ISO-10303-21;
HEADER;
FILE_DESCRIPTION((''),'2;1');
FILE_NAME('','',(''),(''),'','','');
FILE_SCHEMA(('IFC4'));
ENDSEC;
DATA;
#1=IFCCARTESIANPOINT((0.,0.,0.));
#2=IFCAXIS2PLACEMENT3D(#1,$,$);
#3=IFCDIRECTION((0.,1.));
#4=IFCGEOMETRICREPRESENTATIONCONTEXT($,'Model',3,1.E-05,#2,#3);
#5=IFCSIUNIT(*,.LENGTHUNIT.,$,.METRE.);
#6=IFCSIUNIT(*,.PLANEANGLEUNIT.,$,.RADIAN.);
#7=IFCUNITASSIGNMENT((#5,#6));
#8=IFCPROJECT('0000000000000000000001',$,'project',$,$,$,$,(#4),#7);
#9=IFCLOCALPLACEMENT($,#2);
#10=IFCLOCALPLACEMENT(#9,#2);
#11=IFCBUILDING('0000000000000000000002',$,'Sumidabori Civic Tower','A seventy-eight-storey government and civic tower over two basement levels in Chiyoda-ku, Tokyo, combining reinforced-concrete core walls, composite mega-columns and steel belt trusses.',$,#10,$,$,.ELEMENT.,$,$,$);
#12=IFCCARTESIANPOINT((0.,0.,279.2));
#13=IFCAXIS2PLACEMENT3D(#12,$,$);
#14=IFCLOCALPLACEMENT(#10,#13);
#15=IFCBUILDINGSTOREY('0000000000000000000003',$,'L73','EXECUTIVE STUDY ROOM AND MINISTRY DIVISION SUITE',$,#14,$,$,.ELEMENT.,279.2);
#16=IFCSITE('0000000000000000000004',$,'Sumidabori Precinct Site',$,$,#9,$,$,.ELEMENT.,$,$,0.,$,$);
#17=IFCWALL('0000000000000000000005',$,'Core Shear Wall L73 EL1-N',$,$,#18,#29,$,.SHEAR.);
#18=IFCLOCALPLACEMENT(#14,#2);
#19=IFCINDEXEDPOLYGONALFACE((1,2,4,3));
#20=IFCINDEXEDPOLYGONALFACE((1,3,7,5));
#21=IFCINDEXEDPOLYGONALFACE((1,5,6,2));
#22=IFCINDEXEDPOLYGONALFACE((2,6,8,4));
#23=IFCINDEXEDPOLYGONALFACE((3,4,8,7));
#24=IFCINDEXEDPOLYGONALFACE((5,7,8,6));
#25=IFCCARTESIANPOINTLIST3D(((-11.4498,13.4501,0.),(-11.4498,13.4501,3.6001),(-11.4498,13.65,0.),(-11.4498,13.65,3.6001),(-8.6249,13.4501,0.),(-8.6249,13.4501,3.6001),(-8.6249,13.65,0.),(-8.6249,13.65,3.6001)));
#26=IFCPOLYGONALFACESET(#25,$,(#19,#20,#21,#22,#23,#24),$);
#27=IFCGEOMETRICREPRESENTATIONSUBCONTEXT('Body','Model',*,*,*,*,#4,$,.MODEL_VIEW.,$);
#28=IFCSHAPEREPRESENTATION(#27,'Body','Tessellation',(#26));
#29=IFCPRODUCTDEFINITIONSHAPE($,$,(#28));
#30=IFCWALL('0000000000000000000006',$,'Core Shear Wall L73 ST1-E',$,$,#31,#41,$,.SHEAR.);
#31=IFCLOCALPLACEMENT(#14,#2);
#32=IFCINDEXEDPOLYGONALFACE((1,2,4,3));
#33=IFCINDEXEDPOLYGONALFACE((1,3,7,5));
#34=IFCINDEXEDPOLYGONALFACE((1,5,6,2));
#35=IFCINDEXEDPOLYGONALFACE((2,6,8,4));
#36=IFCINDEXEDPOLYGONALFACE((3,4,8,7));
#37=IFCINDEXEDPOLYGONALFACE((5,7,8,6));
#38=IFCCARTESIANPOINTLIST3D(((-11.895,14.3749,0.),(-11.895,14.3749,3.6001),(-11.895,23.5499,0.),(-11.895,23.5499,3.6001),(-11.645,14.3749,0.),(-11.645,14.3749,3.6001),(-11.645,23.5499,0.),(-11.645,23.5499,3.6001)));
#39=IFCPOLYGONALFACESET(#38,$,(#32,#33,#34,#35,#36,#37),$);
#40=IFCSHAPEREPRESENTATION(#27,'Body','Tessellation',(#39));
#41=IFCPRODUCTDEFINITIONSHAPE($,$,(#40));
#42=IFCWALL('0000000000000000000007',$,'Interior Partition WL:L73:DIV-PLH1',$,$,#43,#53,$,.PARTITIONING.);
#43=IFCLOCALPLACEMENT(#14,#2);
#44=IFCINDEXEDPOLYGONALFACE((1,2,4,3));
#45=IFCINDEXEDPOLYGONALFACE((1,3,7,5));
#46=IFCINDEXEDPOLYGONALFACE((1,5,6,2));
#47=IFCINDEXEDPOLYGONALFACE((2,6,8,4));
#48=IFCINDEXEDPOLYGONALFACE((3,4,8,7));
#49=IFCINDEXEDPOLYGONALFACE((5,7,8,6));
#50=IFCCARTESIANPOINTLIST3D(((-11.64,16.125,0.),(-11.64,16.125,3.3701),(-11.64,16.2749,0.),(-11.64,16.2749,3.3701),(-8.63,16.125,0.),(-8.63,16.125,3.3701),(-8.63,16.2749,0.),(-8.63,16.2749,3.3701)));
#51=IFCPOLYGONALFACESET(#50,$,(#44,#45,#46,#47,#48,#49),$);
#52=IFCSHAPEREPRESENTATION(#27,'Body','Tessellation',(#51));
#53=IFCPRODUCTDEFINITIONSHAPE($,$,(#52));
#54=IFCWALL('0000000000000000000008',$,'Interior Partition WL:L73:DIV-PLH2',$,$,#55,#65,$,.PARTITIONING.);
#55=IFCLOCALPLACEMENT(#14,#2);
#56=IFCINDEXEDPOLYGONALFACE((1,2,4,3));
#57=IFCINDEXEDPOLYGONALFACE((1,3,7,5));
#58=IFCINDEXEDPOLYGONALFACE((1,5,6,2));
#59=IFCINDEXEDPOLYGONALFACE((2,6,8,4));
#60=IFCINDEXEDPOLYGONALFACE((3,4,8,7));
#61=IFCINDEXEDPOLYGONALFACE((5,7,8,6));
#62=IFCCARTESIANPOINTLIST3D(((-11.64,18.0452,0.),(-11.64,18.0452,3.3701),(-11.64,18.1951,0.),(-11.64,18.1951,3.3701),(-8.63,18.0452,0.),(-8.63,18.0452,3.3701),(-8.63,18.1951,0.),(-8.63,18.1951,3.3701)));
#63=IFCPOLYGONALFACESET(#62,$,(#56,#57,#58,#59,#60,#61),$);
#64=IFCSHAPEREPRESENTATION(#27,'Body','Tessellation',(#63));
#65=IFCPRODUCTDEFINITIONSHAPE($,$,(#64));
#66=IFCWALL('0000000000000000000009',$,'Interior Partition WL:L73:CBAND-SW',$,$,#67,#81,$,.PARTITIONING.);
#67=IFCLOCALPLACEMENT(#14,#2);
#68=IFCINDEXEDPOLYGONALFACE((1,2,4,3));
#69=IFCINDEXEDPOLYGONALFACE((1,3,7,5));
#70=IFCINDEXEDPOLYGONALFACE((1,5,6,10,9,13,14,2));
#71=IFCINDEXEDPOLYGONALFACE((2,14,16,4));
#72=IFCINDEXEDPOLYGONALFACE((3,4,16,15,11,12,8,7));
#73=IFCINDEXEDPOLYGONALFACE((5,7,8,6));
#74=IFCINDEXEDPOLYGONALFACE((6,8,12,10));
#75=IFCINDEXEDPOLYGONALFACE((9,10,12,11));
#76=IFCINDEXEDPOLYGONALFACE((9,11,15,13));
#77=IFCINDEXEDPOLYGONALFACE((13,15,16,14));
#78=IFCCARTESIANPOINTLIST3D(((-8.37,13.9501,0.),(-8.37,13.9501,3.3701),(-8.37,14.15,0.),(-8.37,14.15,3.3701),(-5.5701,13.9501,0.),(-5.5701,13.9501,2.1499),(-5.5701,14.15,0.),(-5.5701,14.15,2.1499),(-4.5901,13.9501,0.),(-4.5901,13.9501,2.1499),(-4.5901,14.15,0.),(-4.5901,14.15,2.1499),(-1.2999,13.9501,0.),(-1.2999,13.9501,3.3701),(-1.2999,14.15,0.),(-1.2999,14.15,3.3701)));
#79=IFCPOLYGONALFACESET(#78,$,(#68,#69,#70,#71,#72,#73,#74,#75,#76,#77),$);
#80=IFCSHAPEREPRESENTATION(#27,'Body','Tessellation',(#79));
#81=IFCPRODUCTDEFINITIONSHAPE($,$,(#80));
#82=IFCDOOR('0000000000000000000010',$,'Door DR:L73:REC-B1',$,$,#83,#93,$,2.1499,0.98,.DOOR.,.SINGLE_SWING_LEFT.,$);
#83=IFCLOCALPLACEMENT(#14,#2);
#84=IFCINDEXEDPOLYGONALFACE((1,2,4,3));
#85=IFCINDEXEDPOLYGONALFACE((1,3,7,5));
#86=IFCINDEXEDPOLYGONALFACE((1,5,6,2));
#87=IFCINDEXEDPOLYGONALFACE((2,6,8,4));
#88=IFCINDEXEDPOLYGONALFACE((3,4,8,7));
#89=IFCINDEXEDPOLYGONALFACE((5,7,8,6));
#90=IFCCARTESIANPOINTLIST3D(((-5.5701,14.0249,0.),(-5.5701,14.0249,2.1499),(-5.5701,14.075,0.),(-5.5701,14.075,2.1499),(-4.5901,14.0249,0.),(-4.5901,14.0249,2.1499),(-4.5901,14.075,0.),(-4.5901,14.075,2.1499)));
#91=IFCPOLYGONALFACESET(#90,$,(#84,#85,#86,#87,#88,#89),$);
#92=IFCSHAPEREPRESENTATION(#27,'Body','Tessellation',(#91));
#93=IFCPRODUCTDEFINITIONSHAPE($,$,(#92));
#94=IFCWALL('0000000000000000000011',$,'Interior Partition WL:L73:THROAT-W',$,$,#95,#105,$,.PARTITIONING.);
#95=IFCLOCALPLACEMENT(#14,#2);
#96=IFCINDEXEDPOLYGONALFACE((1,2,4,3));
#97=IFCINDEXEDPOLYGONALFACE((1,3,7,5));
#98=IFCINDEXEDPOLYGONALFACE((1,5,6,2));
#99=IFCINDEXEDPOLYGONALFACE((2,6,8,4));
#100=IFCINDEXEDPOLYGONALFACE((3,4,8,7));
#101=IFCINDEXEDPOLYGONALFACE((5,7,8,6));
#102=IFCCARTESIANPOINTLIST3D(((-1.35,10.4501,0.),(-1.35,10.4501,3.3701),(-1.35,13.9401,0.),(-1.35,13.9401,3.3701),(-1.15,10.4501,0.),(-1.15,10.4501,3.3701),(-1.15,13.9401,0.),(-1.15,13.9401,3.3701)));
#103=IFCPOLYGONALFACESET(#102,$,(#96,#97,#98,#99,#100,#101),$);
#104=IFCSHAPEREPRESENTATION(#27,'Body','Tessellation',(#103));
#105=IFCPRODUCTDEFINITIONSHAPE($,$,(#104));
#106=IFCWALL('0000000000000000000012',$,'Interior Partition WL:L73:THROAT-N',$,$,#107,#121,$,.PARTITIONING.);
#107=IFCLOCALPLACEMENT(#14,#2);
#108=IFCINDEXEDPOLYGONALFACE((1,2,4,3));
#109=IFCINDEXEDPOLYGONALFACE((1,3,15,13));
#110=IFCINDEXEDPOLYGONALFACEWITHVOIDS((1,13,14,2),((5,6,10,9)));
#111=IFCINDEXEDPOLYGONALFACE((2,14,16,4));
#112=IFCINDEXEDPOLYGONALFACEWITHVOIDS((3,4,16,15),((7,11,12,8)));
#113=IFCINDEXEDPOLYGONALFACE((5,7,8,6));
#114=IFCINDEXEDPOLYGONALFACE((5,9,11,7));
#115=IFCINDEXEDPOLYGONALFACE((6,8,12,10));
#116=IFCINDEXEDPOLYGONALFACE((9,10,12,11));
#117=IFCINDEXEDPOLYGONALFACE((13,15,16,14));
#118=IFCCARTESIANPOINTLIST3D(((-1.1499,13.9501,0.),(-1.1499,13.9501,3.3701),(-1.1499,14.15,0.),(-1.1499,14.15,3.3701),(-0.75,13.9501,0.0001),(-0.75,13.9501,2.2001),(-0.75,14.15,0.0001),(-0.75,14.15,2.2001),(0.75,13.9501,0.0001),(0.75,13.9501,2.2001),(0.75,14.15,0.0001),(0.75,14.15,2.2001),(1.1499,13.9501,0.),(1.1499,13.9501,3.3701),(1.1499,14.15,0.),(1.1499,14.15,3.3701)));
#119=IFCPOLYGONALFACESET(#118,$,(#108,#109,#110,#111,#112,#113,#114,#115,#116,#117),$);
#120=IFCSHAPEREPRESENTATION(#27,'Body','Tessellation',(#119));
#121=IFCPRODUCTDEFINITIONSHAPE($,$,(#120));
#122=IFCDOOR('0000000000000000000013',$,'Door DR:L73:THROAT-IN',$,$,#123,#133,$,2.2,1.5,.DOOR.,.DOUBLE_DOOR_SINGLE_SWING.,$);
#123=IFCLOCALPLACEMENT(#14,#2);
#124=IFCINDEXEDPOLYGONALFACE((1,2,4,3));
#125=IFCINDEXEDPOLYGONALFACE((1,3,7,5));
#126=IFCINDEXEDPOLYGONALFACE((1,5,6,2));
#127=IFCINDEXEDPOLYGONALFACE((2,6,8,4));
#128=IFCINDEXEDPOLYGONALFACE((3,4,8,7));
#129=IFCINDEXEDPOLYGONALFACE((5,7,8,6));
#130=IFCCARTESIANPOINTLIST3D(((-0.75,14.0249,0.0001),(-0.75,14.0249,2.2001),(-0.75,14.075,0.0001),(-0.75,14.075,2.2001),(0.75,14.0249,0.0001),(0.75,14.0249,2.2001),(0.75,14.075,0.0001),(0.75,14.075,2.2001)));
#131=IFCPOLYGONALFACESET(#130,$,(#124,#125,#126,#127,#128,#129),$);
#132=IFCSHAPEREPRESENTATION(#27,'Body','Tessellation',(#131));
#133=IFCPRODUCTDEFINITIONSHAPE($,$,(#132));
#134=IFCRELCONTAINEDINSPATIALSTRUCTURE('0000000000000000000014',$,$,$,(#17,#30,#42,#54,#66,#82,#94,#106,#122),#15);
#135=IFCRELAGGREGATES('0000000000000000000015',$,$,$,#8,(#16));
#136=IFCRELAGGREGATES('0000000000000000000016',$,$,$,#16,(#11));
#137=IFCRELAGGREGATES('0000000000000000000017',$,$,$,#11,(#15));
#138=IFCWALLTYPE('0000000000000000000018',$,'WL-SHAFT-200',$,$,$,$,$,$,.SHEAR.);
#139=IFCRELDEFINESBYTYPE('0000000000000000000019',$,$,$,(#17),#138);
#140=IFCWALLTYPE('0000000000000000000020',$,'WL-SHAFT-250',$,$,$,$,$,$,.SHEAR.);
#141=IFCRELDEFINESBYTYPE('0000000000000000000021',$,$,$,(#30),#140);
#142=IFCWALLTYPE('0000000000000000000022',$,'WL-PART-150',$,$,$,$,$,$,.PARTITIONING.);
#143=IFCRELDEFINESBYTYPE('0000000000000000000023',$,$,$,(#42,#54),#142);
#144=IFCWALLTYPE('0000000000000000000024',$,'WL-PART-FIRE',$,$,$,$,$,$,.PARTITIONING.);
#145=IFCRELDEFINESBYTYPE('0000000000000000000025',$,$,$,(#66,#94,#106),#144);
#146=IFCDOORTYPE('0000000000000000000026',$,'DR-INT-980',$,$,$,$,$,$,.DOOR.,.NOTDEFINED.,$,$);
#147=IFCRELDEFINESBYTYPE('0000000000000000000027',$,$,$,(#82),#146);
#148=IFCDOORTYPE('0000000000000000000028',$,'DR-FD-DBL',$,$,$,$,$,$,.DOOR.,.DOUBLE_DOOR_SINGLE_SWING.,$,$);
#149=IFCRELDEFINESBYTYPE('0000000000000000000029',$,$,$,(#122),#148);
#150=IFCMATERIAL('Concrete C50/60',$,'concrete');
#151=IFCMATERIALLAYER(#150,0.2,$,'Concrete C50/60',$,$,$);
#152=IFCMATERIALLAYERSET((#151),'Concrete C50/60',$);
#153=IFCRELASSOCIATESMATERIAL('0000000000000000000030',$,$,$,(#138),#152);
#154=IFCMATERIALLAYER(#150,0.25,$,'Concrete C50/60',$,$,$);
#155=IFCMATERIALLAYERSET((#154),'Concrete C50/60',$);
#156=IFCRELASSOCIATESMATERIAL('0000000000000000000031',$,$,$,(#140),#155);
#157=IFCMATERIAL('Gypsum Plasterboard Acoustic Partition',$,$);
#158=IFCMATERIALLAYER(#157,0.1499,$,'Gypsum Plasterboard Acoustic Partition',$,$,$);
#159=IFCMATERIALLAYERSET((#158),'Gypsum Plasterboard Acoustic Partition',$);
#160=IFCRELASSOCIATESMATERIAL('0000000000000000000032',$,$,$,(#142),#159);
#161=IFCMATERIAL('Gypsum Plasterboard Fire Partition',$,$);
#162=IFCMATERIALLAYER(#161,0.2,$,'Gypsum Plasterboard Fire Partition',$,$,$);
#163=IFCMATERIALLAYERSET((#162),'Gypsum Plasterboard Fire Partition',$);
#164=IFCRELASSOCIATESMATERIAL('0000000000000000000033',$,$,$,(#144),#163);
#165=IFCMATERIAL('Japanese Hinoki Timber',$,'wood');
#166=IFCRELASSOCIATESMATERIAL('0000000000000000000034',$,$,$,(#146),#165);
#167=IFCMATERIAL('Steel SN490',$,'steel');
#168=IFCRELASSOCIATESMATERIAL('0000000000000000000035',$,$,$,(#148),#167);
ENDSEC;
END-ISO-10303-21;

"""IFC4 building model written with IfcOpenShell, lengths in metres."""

from ifc_helpers import new_model, si_unit, direction, frame, frame_2d, origin, place, context, subcontext, project, spatial, rectangle, extrude, source, transform, mapped, material, layer, layer_set, type_object, element, fill, save


model = new_model("IFC4")

# Units and contexts
model_context = context("Model", 3, precision=1e-05, world=origin(), true_north=direction((0.0, 1.0)))
body_context = subcontext(model_context, "Body", "Model", "MODEL_VIEW")
ifc_project = project(units=[si_unit("LENGTHUNIT", "METRE"), si_unit("PLANEANGLEUNIT", "RADIAN")], contexts=[model_context])

# Site, building, storey
site_placement = place(None, origin())
site = spatial("IfcSite", under=ifc_project, at=site_placement, Name="Sumidabori Precinct Site", CompositionType="ELEMENT", RefElevation=0.0)
building_placement = place(site_placement, origin())
building = spatial("IfcBuilding", under=site, at=building_placement, Name="Sumidabori Civic Tower", Description="A seventy-eight-storey government and civic tower over two basement levels in Chiyoda-ku, Tokyo, combining reinforced-concrete core walls, composite mega-columns and steel belt trusses.", CompositionType="ELEMENT")
storey_placement = place(building_placement, frame((0.0, 0.0, 279.2)))
storey = spatial("IfcBuildingStorey", under=building, at=storey_placement, Name="L73", Description="EXECUTIVE STUDY ROOM AND MINISTRY DIVISION SUITE", CompositionType="ELEMENT", Elevation=279.2)

# Wall
ifc_material_1 = material(Name="Concrete C50/60", Category="concrete")
ifc_layer_1 = layer(ifc_material_1, 0.2, Name="Concrete C50/60")
ifc_layer_set_1 = layer_set([ifc_layer_1], Name="Concrete C50/60")
wall_type_1 = type_object("IfcWallType", Name="WL-SHAFT-200", PredefinedType="SHEAR", material=ifc_layer_set_1)
shared_shape_1 = source(origin(), body_context, "Body", "SweptSolid", [
    extrude(rectangle(XDim=2.825, YDim=0.2, at=frame_2d((1.4126, 0.0))), origin(), (0.0, 0.0, 1.0), 3.6001),
])
wall_1_placement = place(storey_placement, frame((-11.45, 13.55, 0.0), z_axis=(0.0, 0.0, 1.0), x_axis=(1.0, 0.0, 0.0)))
element("IfcWall", 1, at=wall_1_placement, inside=storey, type_object=wall_type_1, Name="Core Shear Wall L73 EL1-N", PredefinedType="SHEAR", context=body_context, shape_type="MappedRepresentation", body=[
    mapped(shared_shape_1, transform((0.0, 0.0, 0.0), x_axis=(1.0, 0.0, 0.0), y_axis=(0.0, 1.0, 0.0), z_axis=(0.0, 0.0, 1.0), scale=1.0)),
])

# Shared definitions
ifc_layer_2 = layer(ifc_material_1, 0.25, Name="Concrete C50/60")
ifc_layer_set_2 = layer_set([ifc_layer_2], Name="Concrete C50/60")
wall_type_2 = type_object("IfcWallType", Name="WL-SHAFT-250", PredefinedType="SHEAR", material=ifc_layer_set_2)

# Wall
shared_shape_2 = source(origin(), body_context, "Body", "SweptSolid", [
    extrude(rectangle(XDim=9.175, YDim=0.25, at=frame_2d((4.5874, 0.0))), origin(), (0.0, 0.0, 1.0), 3.6001),
])
wall_2_placement = place(storey_placement, frame((-11.77, 14.375, 0.0), z_axis=(0.0, 0.0, 1.0), x_axis=(0.0, 1.0, 0.0)))
element("IfcWall", 2, at=wall_2_placement, inside=storey, type_object=wall_type_2, Name="Core Shear Wall L73 ST1-E", PredefinedType="SHEAR", context=body_context, shape_type="MappedRepresentation", body=[
    mapped(shared_shape_2, transform((0.0, 0.0, 0.0), x_axis=(1.0, 0.0, 0.0), y_axis=(0.0, 1.0, 0.0), z_axis=(0.0, 0.0, 1.0), scale=1.0)),
])

# Walls
ifc_material_2 = material(Name="Gypsum Plasterboard Acoustic Partition")
ifc_layer_3 = layer(ifc_material_2, 0.1499, Name="Gypsum Plasterboard Acoustic Partition")
ifc_layer_set_3 = layer_set([ifc_layer_3], Name="Gypsum Plasterboard Acoustic Partition")
wall_type_3 = type_object("IfcWallType", Name="WL-PART-150", PredefinedType="PARTITIONING", material=ifc_layer_set_3)
shared_shape_3 = source(origin(), body_context, "Body", "SweptSolid", [
    extrude(rectangle(XDim=3.01, YDim=0.1499, at=frame_2d((1.5049, 0.0))), origin(), (0.0, 0.0, 1.0), 3.3701),
])
for number, where, z_axis, x_axis, name in (
    (3, (-11.6399, 16.2, 0.0), (0.0, 0.0, 1.0), (1.0, 0.0, 0.0), "Interior Partition WL:L73:DIV-PLH1"),
    (4, (-11.6399, 18.1201, 0.0), (0.0, 0.0, 1.0), (1.0, 0.0, 0.0), "Interior Partition WL:L73:DIV-PLH2"),
):
    element("IfcWall", number, at=place(storey_placement, frame(where, z_axis=z_axis, x_axis=x_axis)), inside=storey, type_object=wall_type_3, Name=name, PredefinedType="PARTITIONING", context=body_context, shape_type="MappedRepresentation", body=[
        mapped(shared_shape_3, transform((0.0, 0.0, 0.0), x_axis=(1.0, 0.0, 0.0), y_axis=(0.0, 1.0, 0.0), z_axis=(0.0, 0.0, 1.0), scale=1.0)),
    ])

# Wall, opening, door
ifc_material_3 = material(Name="Gypsum Plasterboard Fire Partition")
ifc_layer_4 = layer(ifc_material_3, 0.2, Name="Gypsum Plasterboard Fire Partition")
ifc_layer_set_4 = layer_set([ifc_layer_4], Name="Gypsum Plasterboard Fire Partition")
wall_type_4 = type_object("IfcWallType", Name="WL-PART-FIRE", PredefinedType="PARTITIONING", material=ifc_layer_set_4)
shared_shape_4 = source(origin(), body_context, "Body", "SweptSolid", [
    extrude(rectangle(XDim=7.0701, YDim=0.2, at=frame_2d((3.5352, 0.0))), origin(), (0.0, 0.0, 1.0), 3.3701),
])
wall_3_placement = place(storey_placement, frame((-8.3701, 14.05, 0.0), z_axis=(0.0, 0.0, 1.0), x_axis=(1.0, 0.0, 0.0)))
wall_3 = element("IfcWall", 5, at=wall_3_placement, inside=storey, type_object=wall_type_4, Name="Interior Partition WL:L73:CBAND-SW", PredefinedType="PARTITIONING", context=body_context, shape_type="MappedRepresentation", body=[
    mapped(shared_shape_4, transform((0.0, 0.0, 0.0), x_axis=(1.0, 0.0, 0.0), y_axis=(0.0, 1.0, 0.0), z_axis=(0.0, 0.0, 1.0), scale=1.0)),
])
opening_1_placement = place(wall_3_placement, frame((2.8, 0.0, 0.0)))
opening_1 = element("IfcOpeningElement", 6, at=opening_1_placement, cuts=wall_3, PredefinedType="OPENING", context=body_context, shape_type="SweptSolid", body=[
    extrude(rectangle(XDim=0.98, YDim=2.1499, at=frame_2d((0.49, 1.075))), frame((0.0, 0.1118, 0.0), z_axis=(0.0, -1.0, 0.0), x_axis=(1.0, 0.0, 0.0)), (0.0, 0.0, 1.0), 0.2239),
])
ifc_material_4 = material(Name="Japanese Hinoki Timber", Category="wood")
door_type_1 = type_object("IfcDoorType", Name="DR-INT-980", OperationType="NOTDEFINED", PredefinedType="DOOR", material=ifc_material_4)
shared_shape_5 = source(origin(), body_context, "Body", "SweptSolid", [
    extrude(rectangle(XDim=0.98, YDim=2.1499, at=frame_2d((0.49, 1.075))), frame((0.0, 0.0249, 0.0), z_axis=(0.0, -1.0, 0.0), x_axis=(1.0, 0.0, 0.0)), (0.0, 0.0, 1.0), 0.05),
])
door_1_placement = place(opening_1_placement, origin())
door_1 = element("IfcDoor", 7, at=door_1_placement, inside=storey, type_object=door_type_1, Name="Door DR:L73:REC-B1", OperationType="SINGLE_SWING_LEFT", OverallHeight=2.1499, OverallWidth=0.98, PredefinedType="DOOR", context=body_context, shape_type="MappedRepresentation", body=[
    mapped(shared_shape_5, transform((0.0, 0.0, 0.0), x_axis=(1.0, 0.0, 0.0), y_axis=(0.0, 1.0, 0.0), z_axis=(0.0, 0.0, 1.0), scale=1.0)),
])
fill(opening_1, door_1)

# Wall
shared_shape_6 = source(origin(), body_context, "Body", "SweptSolid", [
    extrude(rectangle(XDim=3.49, YDim=0.2, at=frame_2d((1.7451, 0.0))), origin(), (0.0, 0.0, 1.0), 3.3701),
])
wall_4_placement = place(storey_placement, frame((-1.25, 10.45, 0.0), z_axis=(0.0, 0.0, 1.0), x_axis=(0.0, 1.0, 0.0)))
element("IfcWall", 8, at=wall_4_placement, inside=storey, type_object=wall_type_4, Name="Interior Partition WL:L73:THROAT-W", PredefinedType="PARTITIONING", context=body_context, shape_type="MappedRepresentation", body=[
    mapped(shared_shape_6, transform((0.0, 0.0, 0.0), x_axis=(1.0, 0.0, 0.0), y_axis=(0.0, 1.0, 0.0), z_axis=(0.0, 0.0, 1.0), scale=1.0)),
])

# Wall, opening, door
shared_shape_7 = source(origin(), body_context, "Body", "SweptSolid", [
    extrude(rectangle(XDim=2.2998, YDim=0.2, at=frame_2d((1.1499, 0.0))), origin(), (0.0, 0.0, 1.0), 3.3701),
])
wall_5_placement = place(storey_placement, frame((-1.1499, 14.05, 0.0), z_axis=(0.0, 0.0, 1.0), x_axis=(1.0, 0.0, 0.0)))
wall_5 = element("IfcWall", 9, at=wall_5_placement, inside=storey, type_object=wall_type_4, Name="Interior Partition WL:L73:THROAT-N", PredefinedType="PARTITIONING", context=body_context, shape_type="MappedRepresentation", body=[
    mapped(shared_shape_7, transform((0.0, 0.0, 0.0), x_axis=(1.0, 0.0, 0.0), y_axis=(0.0, 1.0, 0.0), z_axis=(0.0, 0.0, 1.0), scale=1.0)),
])
opening_2_placement = place(wall_5_placement, frame((0.3999, 0.0, 0.0)))
opening_2 = element("IfcOpeningElement", 10, at=opening_2_placement, cuts=wall_5, PredefinedType="OPENING", context=body_context, shape_type="SweptSolid", body=[
    extrude(rectangle(XDim=1.5, YDim=2.2, at=frame_2d((0.75, 1.1001))), frame((0.0, 0.1118, 0.0), z_axis=(0.0, -1.0, 0.0), x_axis=(1.0, 0.0, 0.0)), (0.0, 0.0, 1.0), 0.2239),
])
ifc_material_5 = material(Name="Steel SN490", Category="steel")
door_type_2 = type_object("IfcDoorType", Name="DR-FD-DBL", OperationType="DOUBLE_DOOR_SINGLE_SWING", PredefinedType="DOOR", material=ifc_material_5)
shared_shape_8 = source(origin(), body_context, "Body", "SweptSolid", [
    extrude(rectangle(XDim=1.5, YDim=2.2, at=frame_2d((0.75, 1.1001))), frame((0.0, 0.0249, 0.0), z_axis=(0.0, -1.0, 0.0), x_axis=(1.0, 0.0, 0.0)), (0.0, 0.0, 1.0), 0.05),
])
door_2_placement = place(opening_2_placement, origin())
door_2 = element("IfcDoor", 11, at=door_2_placement, inside=storey, type_object=door_type_2, Name="Door DR:L73:THROAT-IN", OperationType="DOUBLE_DOOR_SINGLE_SWING", OverallHeight=2.2, OverallWidth=1.5, PredefinedType="DOOR", context=body_context, shape_type="MappedRepresentation", body=[
    mapped(shared_shape_8, transform((0.0, 0.0, 0.0), x_axis=(1.0, 0.0, 0.0), y_axis=(0.0, 1.0, 0.0), z_axis=(0.0, 0.0, 1.0), scale=1.0)),
])
fill(opening_2, door_2)

save(model, "model.ifc")
